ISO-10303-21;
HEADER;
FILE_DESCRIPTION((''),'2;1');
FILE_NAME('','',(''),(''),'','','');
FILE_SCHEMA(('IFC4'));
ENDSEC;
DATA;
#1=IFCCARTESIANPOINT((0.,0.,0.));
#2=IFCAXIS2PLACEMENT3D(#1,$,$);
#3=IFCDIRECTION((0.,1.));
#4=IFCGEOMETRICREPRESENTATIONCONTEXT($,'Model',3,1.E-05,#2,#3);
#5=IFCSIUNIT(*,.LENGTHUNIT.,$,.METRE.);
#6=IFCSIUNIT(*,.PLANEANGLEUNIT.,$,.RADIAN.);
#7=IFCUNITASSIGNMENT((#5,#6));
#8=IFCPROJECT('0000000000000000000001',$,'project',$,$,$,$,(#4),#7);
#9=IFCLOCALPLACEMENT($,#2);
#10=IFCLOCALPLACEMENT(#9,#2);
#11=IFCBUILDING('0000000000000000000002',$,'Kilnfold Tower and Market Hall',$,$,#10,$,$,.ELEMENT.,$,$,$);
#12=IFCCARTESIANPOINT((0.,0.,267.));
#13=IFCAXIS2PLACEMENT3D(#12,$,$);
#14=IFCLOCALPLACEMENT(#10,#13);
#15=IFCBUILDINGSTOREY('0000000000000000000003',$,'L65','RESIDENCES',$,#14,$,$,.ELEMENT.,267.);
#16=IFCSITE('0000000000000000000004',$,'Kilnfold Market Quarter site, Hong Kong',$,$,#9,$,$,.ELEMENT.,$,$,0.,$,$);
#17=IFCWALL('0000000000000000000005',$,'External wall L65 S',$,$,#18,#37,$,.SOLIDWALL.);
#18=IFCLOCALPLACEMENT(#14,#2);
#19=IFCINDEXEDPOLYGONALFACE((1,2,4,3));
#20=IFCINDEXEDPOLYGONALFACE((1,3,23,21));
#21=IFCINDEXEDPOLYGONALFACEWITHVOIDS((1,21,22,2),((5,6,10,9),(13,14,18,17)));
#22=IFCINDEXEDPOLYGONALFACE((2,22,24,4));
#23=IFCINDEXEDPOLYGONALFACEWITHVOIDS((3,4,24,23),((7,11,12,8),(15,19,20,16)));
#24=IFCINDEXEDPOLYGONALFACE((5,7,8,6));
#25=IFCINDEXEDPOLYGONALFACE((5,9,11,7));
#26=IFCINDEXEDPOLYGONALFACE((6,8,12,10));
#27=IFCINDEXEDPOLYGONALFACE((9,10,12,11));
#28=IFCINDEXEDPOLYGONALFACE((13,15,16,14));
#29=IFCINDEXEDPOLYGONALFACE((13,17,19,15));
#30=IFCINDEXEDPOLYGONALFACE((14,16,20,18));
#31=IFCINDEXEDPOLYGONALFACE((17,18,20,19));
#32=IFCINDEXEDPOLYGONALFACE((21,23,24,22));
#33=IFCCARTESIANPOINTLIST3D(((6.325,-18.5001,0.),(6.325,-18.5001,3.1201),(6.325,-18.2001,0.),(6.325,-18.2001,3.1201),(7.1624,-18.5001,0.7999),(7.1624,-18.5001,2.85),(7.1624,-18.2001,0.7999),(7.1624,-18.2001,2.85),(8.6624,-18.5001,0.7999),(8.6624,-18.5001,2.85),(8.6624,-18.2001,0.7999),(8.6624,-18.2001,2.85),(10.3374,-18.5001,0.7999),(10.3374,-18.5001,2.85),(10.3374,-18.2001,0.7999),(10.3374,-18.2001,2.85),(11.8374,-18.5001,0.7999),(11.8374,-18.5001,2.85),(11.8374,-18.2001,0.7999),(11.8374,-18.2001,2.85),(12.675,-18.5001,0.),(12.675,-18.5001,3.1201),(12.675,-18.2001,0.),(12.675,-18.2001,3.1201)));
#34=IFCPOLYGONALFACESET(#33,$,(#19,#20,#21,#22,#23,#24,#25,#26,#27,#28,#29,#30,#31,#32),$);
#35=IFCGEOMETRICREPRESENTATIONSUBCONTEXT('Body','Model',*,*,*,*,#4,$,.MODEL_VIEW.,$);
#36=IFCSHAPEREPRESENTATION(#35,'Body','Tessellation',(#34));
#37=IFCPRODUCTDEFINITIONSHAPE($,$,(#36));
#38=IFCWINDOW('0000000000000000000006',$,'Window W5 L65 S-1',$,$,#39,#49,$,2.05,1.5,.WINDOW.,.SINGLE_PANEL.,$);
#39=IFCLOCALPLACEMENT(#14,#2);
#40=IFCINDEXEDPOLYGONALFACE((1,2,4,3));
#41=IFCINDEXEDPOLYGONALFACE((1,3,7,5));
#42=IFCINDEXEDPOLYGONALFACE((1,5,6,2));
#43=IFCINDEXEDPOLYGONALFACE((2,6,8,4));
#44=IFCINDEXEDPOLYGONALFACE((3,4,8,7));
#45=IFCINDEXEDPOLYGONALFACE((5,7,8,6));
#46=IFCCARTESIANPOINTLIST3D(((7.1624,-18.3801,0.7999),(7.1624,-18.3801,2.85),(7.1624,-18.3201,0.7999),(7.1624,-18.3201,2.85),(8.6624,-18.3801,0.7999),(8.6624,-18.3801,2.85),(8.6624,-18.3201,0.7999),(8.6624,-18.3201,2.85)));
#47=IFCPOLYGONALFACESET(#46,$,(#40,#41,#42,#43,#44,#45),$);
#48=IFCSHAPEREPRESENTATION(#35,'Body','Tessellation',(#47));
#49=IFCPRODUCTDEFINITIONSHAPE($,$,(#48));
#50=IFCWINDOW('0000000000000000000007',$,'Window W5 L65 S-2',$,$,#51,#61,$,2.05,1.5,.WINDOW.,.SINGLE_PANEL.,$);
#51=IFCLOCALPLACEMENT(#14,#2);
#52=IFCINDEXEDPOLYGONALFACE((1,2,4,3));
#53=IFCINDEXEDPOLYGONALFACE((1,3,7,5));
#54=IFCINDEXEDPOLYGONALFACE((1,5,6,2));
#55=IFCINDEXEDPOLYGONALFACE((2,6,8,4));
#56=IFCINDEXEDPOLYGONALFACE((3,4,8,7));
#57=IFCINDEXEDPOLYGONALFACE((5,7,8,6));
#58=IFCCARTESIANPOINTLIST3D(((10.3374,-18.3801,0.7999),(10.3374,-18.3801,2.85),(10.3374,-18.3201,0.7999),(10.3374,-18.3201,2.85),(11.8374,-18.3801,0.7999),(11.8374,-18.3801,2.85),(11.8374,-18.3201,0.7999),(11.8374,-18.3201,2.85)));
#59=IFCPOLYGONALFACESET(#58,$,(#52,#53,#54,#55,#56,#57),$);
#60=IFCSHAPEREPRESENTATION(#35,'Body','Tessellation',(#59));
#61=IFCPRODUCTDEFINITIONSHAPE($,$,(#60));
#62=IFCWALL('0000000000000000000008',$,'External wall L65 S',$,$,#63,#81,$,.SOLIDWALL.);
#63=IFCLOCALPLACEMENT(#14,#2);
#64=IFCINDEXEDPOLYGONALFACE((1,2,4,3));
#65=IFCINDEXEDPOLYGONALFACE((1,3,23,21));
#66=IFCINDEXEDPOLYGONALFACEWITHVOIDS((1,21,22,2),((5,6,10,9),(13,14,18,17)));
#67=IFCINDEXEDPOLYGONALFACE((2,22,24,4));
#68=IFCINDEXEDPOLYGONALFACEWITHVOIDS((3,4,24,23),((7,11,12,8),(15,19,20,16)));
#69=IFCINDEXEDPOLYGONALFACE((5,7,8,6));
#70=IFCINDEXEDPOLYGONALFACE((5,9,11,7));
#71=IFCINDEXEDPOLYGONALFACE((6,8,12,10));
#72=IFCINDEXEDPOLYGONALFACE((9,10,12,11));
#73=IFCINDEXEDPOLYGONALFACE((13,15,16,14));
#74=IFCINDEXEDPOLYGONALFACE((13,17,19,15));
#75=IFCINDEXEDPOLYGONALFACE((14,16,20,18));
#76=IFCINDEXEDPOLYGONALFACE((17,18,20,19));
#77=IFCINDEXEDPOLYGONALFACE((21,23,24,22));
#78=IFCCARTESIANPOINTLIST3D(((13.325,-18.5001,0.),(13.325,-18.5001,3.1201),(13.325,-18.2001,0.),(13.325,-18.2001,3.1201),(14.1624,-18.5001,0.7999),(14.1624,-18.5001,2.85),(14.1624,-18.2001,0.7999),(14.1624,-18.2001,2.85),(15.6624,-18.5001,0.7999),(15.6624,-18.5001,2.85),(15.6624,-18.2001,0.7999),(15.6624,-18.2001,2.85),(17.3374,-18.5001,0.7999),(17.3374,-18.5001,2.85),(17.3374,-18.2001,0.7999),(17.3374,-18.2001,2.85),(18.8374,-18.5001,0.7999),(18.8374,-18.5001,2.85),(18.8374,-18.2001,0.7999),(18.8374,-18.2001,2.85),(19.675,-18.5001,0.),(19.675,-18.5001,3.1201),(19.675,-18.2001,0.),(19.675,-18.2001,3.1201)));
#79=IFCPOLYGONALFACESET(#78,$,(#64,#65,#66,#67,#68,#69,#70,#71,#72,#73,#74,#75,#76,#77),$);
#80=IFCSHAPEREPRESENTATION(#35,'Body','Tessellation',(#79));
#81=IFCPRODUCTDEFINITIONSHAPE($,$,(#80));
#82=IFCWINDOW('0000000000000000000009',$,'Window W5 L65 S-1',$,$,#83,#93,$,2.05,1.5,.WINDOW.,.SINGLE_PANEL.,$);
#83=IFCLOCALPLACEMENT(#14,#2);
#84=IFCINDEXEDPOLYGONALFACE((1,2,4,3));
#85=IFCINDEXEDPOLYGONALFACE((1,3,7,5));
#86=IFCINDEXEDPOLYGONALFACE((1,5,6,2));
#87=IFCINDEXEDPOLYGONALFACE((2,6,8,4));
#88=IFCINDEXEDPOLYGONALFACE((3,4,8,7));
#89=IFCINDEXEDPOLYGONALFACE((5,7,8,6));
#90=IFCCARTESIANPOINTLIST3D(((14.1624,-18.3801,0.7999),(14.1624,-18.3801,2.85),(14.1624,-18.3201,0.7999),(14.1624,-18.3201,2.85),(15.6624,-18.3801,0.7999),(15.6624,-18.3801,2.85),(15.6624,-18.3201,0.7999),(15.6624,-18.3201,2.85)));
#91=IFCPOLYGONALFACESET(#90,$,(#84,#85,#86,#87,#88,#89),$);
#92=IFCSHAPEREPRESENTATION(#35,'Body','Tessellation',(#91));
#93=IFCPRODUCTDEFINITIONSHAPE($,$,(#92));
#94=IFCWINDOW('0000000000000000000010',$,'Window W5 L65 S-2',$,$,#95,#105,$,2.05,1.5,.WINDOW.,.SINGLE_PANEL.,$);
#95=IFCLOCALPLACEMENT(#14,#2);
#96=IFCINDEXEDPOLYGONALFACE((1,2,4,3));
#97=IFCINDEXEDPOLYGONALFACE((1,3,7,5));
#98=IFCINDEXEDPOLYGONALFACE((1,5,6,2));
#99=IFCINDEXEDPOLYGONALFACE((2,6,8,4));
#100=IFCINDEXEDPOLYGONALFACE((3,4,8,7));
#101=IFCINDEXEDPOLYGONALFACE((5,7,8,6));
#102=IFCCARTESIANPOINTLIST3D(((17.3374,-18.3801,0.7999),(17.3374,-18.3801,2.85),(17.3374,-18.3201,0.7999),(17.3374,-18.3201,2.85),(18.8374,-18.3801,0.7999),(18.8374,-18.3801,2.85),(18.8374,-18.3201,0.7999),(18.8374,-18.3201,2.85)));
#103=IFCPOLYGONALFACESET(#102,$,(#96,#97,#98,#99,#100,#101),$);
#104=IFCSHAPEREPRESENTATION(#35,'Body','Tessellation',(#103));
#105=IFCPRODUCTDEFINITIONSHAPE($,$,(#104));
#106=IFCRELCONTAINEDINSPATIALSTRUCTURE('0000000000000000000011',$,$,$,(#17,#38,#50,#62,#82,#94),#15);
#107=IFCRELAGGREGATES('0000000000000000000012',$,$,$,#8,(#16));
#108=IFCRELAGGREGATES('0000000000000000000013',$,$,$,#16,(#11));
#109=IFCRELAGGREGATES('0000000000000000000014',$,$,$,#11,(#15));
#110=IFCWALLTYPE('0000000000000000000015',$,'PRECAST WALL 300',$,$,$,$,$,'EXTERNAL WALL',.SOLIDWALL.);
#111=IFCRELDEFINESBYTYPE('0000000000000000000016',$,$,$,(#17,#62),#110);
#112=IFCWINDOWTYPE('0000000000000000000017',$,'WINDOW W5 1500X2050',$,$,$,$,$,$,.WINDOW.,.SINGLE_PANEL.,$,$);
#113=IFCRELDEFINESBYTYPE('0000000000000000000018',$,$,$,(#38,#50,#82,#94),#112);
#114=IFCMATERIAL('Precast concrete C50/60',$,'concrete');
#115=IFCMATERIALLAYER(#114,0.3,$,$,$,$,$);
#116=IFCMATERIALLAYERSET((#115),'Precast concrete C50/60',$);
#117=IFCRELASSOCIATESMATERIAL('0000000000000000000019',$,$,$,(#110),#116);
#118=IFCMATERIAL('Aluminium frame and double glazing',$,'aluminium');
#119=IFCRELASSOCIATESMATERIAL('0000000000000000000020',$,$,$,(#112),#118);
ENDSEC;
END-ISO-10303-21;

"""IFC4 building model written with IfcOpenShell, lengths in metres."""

from ifc_helpers import new_model, si_unit, direction, frame, frame_2d, origin, place, context, subcontext, project, spatial, rectangle, extrude, source, transform, mapped, material, layer, layer_set, type_object, element, fill, save


model = new_model("IFC4")

# Units and contexts
model_context = context("Model", 3, precision=1e-05, world=origin(), true_north=direction((0.0, 1.0)))
body_context = subcontext(model_context, "Body", "Model", "MODEL_VIEW")
ifc_project = project(units=[si_unit("LENGTHUNIT", "METRE"), si_unit("PLANEANGLEUNIT", "RADIAN")], contexts=[model_context])

# Site, building, storey
site_placement = place(None, origin())
site = spatial("IfcSite", under=ifc_project, at=site_placement, Name="Kilnfold Market Quarter site, Hong Kong", CompositionType="ELEMENT", RefElevation=0.0)
building_placement = place(site_placement, origin())
building = spatial("IfcBuilding", under=site, at=building_placement, Name="Kilnfold Tower and Market Hall", CompositionType="ELEMENT")
storey_placement = place(building_placement, frame((0.0, 0.0, 267.0)))
storey = spatial("IfcBuildingStorey", under=building, at=storey_placement, Name="L65", Description="RESIDENCES", CompositionType="ELEMENT", Elevation=267.0)

# Walls, openings, windows
ifc_material_1 = material(Name="Precast concrete C50/60", Category="concrete")
ifc_layer_1 = layer(ifc_material_1, 0.3)
ifc_layer_set_1 = layer_set([ifc_layer_1], Name="Precast concrete C50/60")
wall_type_1 = type_object("IfcWallType", Name="PRECAST WALL 300", ElementType="EXTERNAL WALL", PredefinedType="SOLIDWALL", material=ifc_layer_set_1)
shared_shape_1 = source(origin(), body_context, "Body", "SweptSolid", [
    extrude(rectangle(XDim=6.3501, YDim=0.3, at=frame_2d((3.175, 0.0))), origin(), (0.0, 0.0, 1.0), 3.1201),
])
ifc_material_2 = material(Name="Aluminium frame and double glazing", Category="aluminium")
window_type = type_object("IfcWindowType", Name="WINDOW W5 1500X2050", PartitioningType="SINGLE_PANEL", PredefinedType="WINDOW", material=ifc_material_2)
wall_1_placement = place(storey_placement, frame((6.325, -18.3501, 0.0), z_axis=(0.0, 0.0, 1.0), x_axis=(1.0, 0.0, 0.0)))
wall_1 = element("IfcWall", 1, at=wall_1_placement, inside=storey, type_object=wall_type_1, Name="External wall L65 S", PredefinedType="SOLIDWALL", context=body_context, shape_type="MappedRepresentation", body=[
    mapped(shared_shape_1, transform((0.0, 0.0, 0.0))),
])
opening_1_placement = place(wall_1_placement, frame((0.8374, 0.0, 0.8)))
opening_1 = element("IfcOpeningElement", 2, at=opening_1_placement, cuts=wall_1, PredefinedType="OPENING", context=body_context, shape_type="SweptSolid", body=[
    extrude(rectangle(XDim=1.5, YDim=2.05, at=frame_2d((0.75, 1.0249))), frame((0.0, 0.1602, 0.0), z_axis=(0.0, -1.0, 0.0), x_axis=(1.0, 0.0, 0.0)), (0.0, 0.0, 1.0), 0.3201),
])
opening_2_placement = place(wall_1_placement, frame((4.0125, 0.0, 0.8)))
opening_2 = element("IfcOpeningElement", 3, at=opening_2_placement, cuts=wall_1, PredefinedType="OPENING", context=body_context, shape_type="SweptSolid", body=[
    extrude(rectangle(XDim=1.5, YDim=2.05, at=frame_2d((0.75, 1.0249))), frame((0.0, 0.1602, 0.0), z_axis=(0.0, -1.0, 0.0), x_axis=(1.0, 0.0, 0.0)), (0.0, 0.0, 1.0), 0.3201),
])
window_1_placement = place(opening_1_placement, origin())
window_1 = element("IfcWindow", 4, at=window_1_placement, inside=storey, type_object=window_type, Name="Window W5 L65 S-1", OverallHeight=2.05, OverallWidth=1.5, PartitioningType="SINGLE_PANEL", PredefinedType="WINDOW", context=body_context, shape_type="SweptSolid", body=[
    extrude(rectangle(XDim=1.5, YDim=2.05, at=frame_2d((0.75, 1.0249))), frame((0.0, 0.03, 0.0), z_axis=(0.0, -1.0, 0.0), x_axis=(1.0, 0.0, 0.0)), (0.0, 0.0, 1.0), 0.0601),
])
fill(opening_1, window_1)
window_2_placement = place(opening_2_placement, origin())
window_2 = element("IfcWindow", 5, at=window_2_placement, inside=storey, type_object=window_type, Name="Window W5 L65 S-2", OverallHeight=2.05, OverallWidth=1.5, PartitioningType="SINGLE_PANEL", PredefinedType="WINDOW", context=body_context, shape_type="SweptSolid", body=[
    extrude(rectangle(XDim=1.5, YDim=2.05, at=frame_2d((0.75, 1.0249))), frame((0.0, 0.03, 0.0), z_axis=(0.0, -1.0, 0.0), x_axis=(1.0, 0.0, 0.0)), (0.0, 0.0, 1.0), 0.0601),
])
fill(opening_2, window_2)
wall_2_placement = place(storey_placement, frame((13.325, -18.3501, 0.0), z_axis=(0.0, 0.0, 1.0), x_axis=(1.0, 0.0, 0.0)))
wall_2 = element("IfcWall", 6, at=wall_2_placement, inside=storey, type_object=wall_type_1, Name="External wall L65 S", PredefinedType="SOLIDWALL", context=body_context, shape_type="MappedRepresentation", body=[
    mapped(shared_shape_1, transform((0.0, 0.0, 0.0))),
])
opening_3_placement = place(wall_2_placement, frame((0.8374, 0.0, 0.8)))
opening_3 = element("IfcOpeningElement", 7, at=opening_3_placement, cuts=wall_2, PredefinedType="OPENING", context=body_context, shape_type="SweptSolid", body=[
    extrude(rectangle(XDim=1.5, YDim=2.05, at=frame_2d((0.75, 1.0249))), frame((0.0, 0.1602, 0.0), z_axis=(0.0, -1.0, 0.0), x_axis=(1.0, 0.0, 0.0)), (0.0, 0.0, 1.0), 0.3201),
])
opening_4_placement = place(wall_2_placement, frame((4.0125, 0.0, 0.8)))
opening_4 = element("IfcOpeningElement", 8, at=opening_4_placement, cuts=wall_2, PredefinedType="OPENING", context=body_context, shape_type="SweptSolid", body=[
    extrude(rectangle(XDim=1.5, YDim=2.05, at=frame_2d((0.75, 1.0249))), frame((0.0, 0.1602, 0.0), z_axis=(0.0, -1.0, 0.0), x_axis=(1.0, 0.0, 0.0)), (0.0, 0.0, 1.0), 0.3201),
])
window_3_placement = place(opening_3_placement, origin())
window_3 = element("IfcWindow", 9, at=window_3_placement, inside=storey, type_object=window_type, Name="Window W5 L65 S-1", OverallHeight=2.05, OverallWidth=1.5, PartitioningType="SINGLE_PANEL", PredefinedType="WINDOW", context=body_context, shape_type="SweptSolid", body=[
    extrude(rectangle(XDim=1.5, YDim=2.05, at=frame_2d((0.75, 1.0249))), frame((0.0, 0.03, 0.0), z_axis=(0.0, -1.0, 0.0), x_axis=(1.0, 0.0, 0.0)), (0.0, 0.0, 1.0), 0.0601),
])
fill(opening_3, window_3)
window_4_placement = place(opening_4_placement, origin())
window_4 = element("IfcWindow", 10, at=window_4_placement, inside=storey, type_object=window_type, Name="Window W5 L65 S-2", OverallHeight=2.05, OverallWidth=1.5, PartitioningType="SINGLE_PANEL", PredefinedType="WINDOW", context=body_context, shape_type="SweptSolid", body=[
    extrude(rectangle(XDim=1.5, YDim=2.05, at=frame_2d((0.75, 1.0249))), frame((0.0, 0.03, 0.0), z_axis=(0.0, -1.0, 0.0), x_axis=(1.0, 0.0, 0.0)), (0.0, 0.0, 1.0), 0.0601),
])
fill(opening_4, window_4)

save(model, "model.ifc")
